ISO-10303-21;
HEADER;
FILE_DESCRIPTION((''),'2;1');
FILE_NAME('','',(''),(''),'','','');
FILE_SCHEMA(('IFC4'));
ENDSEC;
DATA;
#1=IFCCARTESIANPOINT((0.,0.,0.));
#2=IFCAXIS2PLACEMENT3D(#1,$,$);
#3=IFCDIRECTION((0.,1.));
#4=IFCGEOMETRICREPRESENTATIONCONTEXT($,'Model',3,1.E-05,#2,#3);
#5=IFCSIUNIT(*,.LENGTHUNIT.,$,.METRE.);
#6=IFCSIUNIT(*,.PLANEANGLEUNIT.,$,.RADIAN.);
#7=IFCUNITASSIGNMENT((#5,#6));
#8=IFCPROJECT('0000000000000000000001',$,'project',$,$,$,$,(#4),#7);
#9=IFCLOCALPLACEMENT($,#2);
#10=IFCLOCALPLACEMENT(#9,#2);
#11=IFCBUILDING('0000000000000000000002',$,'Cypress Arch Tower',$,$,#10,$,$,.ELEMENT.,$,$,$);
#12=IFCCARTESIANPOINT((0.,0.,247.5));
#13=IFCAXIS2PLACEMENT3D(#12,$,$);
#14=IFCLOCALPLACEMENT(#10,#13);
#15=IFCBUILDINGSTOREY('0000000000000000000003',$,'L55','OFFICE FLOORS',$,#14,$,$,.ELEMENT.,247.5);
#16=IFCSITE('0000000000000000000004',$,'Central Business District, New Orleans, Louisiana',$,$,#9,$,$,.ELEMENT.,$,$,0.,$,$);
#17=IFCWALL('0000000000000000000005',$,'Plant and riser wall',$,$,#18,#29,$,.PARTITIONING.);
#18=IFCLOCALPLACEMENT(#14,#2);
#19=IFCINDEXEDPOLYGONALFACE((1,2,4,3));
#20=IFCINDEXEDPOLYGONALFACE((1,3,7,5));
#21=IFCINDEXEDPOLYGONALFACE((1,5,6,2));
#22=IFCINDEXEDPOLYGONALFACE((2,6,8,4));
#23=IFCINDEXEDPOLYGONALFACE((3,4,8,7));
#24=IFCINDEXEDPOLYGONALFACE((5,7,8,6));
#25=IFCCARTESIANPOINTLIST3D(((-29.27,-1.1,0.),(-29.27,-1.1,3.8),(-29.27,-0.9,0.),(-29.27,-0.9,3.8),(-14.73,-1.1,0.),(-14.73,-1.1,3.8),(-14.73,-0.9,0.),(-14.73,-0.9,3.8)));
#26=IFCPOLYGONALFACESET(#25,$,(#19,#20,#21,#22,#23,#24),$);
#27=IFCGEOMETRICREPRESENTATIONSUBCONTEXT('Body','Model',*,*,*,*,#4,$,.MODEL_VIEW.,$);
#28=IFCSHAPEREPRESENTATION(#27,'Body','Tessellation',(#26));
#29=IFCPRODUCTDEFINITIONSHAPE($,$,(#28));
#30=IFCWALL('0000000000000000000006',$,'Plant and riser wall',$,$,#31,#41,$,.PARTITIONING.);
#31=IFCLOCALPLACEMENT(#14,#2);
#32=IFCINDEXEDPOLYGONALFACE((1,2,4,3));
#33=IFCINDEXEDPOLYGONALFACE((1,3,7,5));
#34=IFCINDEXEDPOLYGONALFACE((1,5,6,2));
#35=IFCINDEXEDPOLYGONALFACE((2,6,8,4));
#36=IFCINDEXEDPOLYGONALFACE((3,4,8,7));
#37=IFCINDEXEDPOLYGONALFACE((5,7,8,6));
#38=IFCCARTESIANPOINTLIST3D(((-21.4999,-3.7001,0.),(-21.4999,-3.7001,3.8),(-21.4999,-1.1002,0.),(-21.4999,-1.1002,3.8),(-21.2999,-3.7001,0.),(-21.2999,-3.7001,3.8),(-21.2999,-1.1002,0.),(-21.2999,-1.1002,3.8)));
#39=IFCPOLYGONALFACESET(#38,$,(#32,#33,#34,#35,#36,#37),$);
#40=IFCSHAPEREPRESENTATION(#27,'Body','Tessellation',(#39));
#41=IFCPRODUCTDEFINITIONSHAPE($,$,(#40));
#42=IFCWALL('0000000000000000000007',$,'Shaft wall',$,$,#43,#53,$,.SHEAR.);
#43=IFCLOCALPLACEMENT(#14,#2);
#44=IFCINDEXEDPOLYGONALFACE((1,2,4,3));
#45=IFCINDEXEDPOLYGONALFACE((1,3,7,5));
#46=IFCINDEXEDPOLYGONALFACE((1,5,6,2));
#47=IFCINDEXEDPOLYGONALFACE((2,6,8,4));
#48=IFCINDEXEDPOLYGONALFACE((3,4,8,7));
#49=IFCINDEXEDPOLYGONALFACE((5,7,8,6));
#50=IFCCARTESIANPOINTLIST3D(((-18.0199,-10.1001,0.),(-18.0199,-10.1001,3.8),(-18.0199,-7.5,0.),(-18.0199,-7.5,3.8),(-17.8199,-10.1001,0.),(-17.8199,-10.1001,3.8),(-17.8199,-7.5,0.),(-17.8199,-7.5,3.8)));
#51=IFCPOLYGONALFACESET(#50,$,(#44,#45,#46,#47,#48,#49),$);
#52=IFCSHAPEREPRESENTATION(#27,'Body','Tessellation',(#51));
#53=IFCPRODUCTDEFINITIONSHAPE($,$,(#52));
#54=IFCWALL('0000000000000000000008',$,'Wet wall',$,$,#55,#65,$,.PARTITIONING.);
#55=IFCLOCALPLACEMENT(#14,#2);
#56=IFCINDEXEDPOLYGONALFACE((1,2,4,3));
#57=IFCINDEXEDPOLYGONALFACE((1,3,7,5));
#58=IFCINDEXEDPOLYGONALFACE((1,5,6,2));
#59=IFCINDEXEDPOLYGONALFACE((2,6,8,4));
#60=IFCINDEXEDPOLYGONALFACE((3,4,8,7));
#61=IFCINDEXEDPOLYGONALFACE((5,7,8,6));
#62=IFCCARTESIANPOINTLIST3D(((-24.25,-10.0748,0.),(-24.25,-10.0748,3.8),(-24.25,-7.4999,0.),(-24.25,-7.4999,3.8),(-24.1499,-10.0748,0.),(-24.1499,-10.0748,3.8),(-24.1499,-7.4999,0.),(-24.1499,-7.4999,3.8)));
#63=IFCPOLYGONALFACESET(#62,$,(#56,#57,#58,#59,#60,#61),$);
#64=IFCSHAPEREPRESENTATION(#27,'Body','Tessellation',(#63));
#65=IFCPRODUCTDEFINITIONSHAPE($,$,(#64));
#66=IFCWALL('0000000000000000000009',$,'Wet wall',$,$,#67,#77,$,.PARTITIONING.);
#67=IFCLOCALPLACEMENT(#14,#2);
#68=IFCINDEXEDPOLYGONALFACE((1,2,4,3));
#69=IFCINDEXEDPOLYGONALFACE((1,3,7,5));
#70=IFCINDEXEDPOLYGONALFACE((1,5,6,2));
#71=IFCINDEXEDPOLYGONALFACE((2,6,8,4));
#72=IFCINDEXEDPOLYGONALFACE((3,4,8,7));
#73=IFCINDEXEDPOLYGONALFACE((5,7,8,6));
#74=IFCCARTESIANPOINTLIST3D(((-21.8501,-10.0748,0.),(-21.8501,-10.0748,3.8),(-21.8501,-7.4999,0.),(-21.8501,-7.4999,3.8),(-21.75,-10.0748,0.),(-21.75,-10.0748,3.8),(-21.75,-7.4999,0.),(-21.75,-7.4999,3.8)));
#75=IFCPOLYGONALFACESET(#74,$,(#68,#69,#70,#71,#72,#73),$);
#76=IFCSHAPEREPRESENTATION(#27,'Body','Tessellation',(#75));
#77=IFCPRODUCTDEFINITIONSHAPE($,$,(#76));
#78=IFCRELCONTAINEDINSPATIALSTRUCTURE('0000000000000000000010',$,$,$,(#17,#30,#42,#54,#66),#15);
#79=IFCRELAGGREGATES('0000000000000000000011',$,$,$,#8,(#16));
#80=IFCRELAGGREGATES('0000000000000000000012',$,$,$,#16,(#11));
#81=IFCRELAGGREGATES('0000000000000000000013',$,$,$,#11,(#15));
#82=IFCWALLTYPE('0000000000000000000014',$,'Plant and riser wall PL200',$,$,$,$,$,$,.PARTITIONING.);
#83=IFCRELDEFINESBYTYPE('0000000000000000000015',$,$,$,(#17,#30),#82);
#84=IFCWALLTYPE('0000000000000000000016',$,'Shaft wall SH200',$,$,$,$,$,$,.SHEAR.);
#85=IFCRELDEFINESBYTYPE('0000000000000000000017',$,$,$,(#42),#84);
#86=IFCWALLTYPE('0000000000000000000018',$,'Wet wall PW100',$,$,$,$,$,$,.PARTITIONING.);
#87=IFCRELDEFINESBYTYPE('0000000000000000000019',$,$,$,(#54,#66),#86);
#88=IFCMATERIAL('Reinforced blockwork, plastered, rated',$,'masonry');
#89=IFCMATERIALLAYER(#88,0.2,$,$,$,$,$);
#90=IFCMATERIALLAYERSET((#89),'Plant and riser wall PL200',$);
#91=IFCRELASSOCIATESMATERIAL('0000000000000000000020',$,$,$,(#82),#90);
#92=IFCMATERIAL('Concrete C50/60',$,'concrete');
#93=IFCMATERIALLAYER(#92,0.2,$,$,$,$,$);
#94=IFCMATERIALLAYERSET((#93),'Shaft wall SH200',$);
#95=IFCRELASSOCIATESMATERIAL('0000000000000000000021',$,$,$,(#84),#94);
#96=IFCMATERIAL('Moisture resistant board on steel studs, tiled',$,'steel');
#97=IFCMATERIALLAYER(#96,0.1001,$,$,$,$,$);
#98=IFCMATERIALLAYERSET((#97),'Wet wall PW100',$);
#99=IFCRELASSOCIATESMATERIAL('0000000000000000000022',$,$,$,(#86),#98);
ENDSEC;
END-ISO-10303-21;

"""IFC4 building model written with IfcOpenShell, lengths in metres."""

from ifc_helpers import new_model, si_unit, direction, frame, frame_2d, origin, place, context, subcontext, project, spatial, rectangle, extrude, material, layer, layer_set, type_object, element, save


model = new_model("IFC4")

# Units and contexts
model_context = context("Model", 3, precision=1e-05, world=origin(), true_north=direction((0.0, 1.0)))
body_context = subcontext(model_context, "Body", "Model", "MODEL_VIEW")
ifc_project = project(units=[si_unit("LENGTHUNIT", "METRE"), si_unit("PLANEANGLEUNIT", "RADIAN")], contexts=[model_context])

# Site, building, storey
site_placement = place(None, origin())
site = spatial("IfcSite", under=ifc_project, at=site_placement, Name="Central Business District, New Orleans, Louisiana", CompositionType="ELEMENT", RefElevation=0.0)
building_placement = place(site_placement, origin())
building = spatial("IfcBuilding", under=site, at=building_placement, Name="Cypress Arch Tower", CompositionType="ELEMENT")
storey_placement = place(building_placement, frame((0.0, 0.0, 247.5)))
storey = spatial("IfcBuildingStorey", under=building, at=storey_placement, Name="L55", Description="OFFICE FLOORS", CompositionType="ELEMENT", Elevation=247.5)

# Shared definitions
ifc_material_1 = material(Name="Reinforced blockwork, plastered, rated", Category="masonry")
ifc_layer_1 = layer(ifc_material_1, 0.2)
ifc_layer_set_1 = layer_set([ifc_layer_1], Name="Plant and riser wall PL200")
wall_type_1 = type_object("IfcWallType", Name="Plant and riser wall PL200", PredefinedType="PARTITIONING", material=ifc_layer_set_1)

# Walls
wall_1_placement = place(storey_placement, frame((-29.27, -1.0, 0.0), z_axis=(0.0, 0.0, 1.0), x_axis=(1.0, 0.0, 0.0)))
element("IfcWall", 1, at=wall_1_placement, inside=storey, type_object=wall_type_1, Name="Plant and riser wall", PredefinedType="PARTITIONING", context=body_context, shape_type="SweptSolid", body=[
    extrude(rectangle(XDim=14.54, YDim=0.2, at=frame_2d((7.27, 0.0))), origin(), (0.0, 0.0, 1.0), 3.8),
])
wall_2_placement = place(storey_placement, frame((-21.3999, -3.7, 0.0), z_axis=(0.0, 0.0, 1.0), x_axis=(0.0, 1.0, 0.0)))
element("IfcWall", 2, at=wall_2_placement, inside=storey, type_object=wall_type_1, Name="Plant and riser wall", PredefinedType="PARTITIONING", context=body_context, shape_type="SweptSolid", body=[
    extrude(rectangle(XDim=2.5999, YDim=0.2, at=frame_2d((1.2998, 0.0))), origin(), (0.0, 0.0, 1.0), 3.8),
])
ifc_material_2 = material(Name="Concrete C50/60", Category="concrete")
ifc_layer_2 = layer(ifc_material_2, 0.2)
ifc_layer_set_2 = layer_set([ifc_layer_2], Name="Shaft wall SH200")
wall_type_2 = type_object("IfcWallType", Name="Shaft wall SH200", PredefinedType="SHEAR", material=ifc_layer_set_2)
wall_3_placement = place(storey_placement, frame((-17.9199, -10.1001, 0.0), z_axis=(0.0, 0.0, 1.0), x_axis=(0.0, 1.0, 0.0)))
element("IfcWall", 3, at=wall_3_placement, inside=storey, type_object=wall_type_2, Name="Shaft wall", PredefinedType="SHEAR", context=body_context, shape_type="SweptSolid", body=[
    extrude(rectangle(XDim=2.6001, YDim=0.2, at=frame_2d((1.3, 0.0))), origin(), (0.0, 0.0, 1.0), 3.8),
])
ifc_material_3 = material(Name="Moisture resistant board on steel studs, tiled", Category="steel")
ifc_layer_3 = layer(ifc_material_3, 0.1001)
ifc_layer_set_3 = layer_set([ifc_layer_3], Name="Wet wall PW100")
wall_type_3 = type_object("IfcWallType", Name="Wet wall PW100", PredefinedType="PARTITIONING", material=ifc_layer_set_3)
for number, where, z_axis, x_axis, name in (
    (4, (-24.2, -10.075, 0.0), (0.0, 0.0, 1.0), (0.0, 1.0, 0.0), "Wet wall"),
    (5, (-21.8, -10.075, 0.0), (0.0, 0.0, 1.0), (0.0, 1.0, 0.0), "Wet wall"),
):
    element("IfcWall", number, at=place(storey_placement, frame(where, z_axis=z_axis, x_axis=x_axis)), inside=storey, type_object=wall_type_3, Name=name, PredefinedType="PARTITIONING", context=body_context, shape_type="SweptSolid", body=[
        extrude(rectangle(XDim=2.575, YDim=0.1001, at=frame_2d((1.2876, 0.0))), origin(), (0.0, 0.0, 1.0), 3.8),
    ])

save(model, "model.ifc")
